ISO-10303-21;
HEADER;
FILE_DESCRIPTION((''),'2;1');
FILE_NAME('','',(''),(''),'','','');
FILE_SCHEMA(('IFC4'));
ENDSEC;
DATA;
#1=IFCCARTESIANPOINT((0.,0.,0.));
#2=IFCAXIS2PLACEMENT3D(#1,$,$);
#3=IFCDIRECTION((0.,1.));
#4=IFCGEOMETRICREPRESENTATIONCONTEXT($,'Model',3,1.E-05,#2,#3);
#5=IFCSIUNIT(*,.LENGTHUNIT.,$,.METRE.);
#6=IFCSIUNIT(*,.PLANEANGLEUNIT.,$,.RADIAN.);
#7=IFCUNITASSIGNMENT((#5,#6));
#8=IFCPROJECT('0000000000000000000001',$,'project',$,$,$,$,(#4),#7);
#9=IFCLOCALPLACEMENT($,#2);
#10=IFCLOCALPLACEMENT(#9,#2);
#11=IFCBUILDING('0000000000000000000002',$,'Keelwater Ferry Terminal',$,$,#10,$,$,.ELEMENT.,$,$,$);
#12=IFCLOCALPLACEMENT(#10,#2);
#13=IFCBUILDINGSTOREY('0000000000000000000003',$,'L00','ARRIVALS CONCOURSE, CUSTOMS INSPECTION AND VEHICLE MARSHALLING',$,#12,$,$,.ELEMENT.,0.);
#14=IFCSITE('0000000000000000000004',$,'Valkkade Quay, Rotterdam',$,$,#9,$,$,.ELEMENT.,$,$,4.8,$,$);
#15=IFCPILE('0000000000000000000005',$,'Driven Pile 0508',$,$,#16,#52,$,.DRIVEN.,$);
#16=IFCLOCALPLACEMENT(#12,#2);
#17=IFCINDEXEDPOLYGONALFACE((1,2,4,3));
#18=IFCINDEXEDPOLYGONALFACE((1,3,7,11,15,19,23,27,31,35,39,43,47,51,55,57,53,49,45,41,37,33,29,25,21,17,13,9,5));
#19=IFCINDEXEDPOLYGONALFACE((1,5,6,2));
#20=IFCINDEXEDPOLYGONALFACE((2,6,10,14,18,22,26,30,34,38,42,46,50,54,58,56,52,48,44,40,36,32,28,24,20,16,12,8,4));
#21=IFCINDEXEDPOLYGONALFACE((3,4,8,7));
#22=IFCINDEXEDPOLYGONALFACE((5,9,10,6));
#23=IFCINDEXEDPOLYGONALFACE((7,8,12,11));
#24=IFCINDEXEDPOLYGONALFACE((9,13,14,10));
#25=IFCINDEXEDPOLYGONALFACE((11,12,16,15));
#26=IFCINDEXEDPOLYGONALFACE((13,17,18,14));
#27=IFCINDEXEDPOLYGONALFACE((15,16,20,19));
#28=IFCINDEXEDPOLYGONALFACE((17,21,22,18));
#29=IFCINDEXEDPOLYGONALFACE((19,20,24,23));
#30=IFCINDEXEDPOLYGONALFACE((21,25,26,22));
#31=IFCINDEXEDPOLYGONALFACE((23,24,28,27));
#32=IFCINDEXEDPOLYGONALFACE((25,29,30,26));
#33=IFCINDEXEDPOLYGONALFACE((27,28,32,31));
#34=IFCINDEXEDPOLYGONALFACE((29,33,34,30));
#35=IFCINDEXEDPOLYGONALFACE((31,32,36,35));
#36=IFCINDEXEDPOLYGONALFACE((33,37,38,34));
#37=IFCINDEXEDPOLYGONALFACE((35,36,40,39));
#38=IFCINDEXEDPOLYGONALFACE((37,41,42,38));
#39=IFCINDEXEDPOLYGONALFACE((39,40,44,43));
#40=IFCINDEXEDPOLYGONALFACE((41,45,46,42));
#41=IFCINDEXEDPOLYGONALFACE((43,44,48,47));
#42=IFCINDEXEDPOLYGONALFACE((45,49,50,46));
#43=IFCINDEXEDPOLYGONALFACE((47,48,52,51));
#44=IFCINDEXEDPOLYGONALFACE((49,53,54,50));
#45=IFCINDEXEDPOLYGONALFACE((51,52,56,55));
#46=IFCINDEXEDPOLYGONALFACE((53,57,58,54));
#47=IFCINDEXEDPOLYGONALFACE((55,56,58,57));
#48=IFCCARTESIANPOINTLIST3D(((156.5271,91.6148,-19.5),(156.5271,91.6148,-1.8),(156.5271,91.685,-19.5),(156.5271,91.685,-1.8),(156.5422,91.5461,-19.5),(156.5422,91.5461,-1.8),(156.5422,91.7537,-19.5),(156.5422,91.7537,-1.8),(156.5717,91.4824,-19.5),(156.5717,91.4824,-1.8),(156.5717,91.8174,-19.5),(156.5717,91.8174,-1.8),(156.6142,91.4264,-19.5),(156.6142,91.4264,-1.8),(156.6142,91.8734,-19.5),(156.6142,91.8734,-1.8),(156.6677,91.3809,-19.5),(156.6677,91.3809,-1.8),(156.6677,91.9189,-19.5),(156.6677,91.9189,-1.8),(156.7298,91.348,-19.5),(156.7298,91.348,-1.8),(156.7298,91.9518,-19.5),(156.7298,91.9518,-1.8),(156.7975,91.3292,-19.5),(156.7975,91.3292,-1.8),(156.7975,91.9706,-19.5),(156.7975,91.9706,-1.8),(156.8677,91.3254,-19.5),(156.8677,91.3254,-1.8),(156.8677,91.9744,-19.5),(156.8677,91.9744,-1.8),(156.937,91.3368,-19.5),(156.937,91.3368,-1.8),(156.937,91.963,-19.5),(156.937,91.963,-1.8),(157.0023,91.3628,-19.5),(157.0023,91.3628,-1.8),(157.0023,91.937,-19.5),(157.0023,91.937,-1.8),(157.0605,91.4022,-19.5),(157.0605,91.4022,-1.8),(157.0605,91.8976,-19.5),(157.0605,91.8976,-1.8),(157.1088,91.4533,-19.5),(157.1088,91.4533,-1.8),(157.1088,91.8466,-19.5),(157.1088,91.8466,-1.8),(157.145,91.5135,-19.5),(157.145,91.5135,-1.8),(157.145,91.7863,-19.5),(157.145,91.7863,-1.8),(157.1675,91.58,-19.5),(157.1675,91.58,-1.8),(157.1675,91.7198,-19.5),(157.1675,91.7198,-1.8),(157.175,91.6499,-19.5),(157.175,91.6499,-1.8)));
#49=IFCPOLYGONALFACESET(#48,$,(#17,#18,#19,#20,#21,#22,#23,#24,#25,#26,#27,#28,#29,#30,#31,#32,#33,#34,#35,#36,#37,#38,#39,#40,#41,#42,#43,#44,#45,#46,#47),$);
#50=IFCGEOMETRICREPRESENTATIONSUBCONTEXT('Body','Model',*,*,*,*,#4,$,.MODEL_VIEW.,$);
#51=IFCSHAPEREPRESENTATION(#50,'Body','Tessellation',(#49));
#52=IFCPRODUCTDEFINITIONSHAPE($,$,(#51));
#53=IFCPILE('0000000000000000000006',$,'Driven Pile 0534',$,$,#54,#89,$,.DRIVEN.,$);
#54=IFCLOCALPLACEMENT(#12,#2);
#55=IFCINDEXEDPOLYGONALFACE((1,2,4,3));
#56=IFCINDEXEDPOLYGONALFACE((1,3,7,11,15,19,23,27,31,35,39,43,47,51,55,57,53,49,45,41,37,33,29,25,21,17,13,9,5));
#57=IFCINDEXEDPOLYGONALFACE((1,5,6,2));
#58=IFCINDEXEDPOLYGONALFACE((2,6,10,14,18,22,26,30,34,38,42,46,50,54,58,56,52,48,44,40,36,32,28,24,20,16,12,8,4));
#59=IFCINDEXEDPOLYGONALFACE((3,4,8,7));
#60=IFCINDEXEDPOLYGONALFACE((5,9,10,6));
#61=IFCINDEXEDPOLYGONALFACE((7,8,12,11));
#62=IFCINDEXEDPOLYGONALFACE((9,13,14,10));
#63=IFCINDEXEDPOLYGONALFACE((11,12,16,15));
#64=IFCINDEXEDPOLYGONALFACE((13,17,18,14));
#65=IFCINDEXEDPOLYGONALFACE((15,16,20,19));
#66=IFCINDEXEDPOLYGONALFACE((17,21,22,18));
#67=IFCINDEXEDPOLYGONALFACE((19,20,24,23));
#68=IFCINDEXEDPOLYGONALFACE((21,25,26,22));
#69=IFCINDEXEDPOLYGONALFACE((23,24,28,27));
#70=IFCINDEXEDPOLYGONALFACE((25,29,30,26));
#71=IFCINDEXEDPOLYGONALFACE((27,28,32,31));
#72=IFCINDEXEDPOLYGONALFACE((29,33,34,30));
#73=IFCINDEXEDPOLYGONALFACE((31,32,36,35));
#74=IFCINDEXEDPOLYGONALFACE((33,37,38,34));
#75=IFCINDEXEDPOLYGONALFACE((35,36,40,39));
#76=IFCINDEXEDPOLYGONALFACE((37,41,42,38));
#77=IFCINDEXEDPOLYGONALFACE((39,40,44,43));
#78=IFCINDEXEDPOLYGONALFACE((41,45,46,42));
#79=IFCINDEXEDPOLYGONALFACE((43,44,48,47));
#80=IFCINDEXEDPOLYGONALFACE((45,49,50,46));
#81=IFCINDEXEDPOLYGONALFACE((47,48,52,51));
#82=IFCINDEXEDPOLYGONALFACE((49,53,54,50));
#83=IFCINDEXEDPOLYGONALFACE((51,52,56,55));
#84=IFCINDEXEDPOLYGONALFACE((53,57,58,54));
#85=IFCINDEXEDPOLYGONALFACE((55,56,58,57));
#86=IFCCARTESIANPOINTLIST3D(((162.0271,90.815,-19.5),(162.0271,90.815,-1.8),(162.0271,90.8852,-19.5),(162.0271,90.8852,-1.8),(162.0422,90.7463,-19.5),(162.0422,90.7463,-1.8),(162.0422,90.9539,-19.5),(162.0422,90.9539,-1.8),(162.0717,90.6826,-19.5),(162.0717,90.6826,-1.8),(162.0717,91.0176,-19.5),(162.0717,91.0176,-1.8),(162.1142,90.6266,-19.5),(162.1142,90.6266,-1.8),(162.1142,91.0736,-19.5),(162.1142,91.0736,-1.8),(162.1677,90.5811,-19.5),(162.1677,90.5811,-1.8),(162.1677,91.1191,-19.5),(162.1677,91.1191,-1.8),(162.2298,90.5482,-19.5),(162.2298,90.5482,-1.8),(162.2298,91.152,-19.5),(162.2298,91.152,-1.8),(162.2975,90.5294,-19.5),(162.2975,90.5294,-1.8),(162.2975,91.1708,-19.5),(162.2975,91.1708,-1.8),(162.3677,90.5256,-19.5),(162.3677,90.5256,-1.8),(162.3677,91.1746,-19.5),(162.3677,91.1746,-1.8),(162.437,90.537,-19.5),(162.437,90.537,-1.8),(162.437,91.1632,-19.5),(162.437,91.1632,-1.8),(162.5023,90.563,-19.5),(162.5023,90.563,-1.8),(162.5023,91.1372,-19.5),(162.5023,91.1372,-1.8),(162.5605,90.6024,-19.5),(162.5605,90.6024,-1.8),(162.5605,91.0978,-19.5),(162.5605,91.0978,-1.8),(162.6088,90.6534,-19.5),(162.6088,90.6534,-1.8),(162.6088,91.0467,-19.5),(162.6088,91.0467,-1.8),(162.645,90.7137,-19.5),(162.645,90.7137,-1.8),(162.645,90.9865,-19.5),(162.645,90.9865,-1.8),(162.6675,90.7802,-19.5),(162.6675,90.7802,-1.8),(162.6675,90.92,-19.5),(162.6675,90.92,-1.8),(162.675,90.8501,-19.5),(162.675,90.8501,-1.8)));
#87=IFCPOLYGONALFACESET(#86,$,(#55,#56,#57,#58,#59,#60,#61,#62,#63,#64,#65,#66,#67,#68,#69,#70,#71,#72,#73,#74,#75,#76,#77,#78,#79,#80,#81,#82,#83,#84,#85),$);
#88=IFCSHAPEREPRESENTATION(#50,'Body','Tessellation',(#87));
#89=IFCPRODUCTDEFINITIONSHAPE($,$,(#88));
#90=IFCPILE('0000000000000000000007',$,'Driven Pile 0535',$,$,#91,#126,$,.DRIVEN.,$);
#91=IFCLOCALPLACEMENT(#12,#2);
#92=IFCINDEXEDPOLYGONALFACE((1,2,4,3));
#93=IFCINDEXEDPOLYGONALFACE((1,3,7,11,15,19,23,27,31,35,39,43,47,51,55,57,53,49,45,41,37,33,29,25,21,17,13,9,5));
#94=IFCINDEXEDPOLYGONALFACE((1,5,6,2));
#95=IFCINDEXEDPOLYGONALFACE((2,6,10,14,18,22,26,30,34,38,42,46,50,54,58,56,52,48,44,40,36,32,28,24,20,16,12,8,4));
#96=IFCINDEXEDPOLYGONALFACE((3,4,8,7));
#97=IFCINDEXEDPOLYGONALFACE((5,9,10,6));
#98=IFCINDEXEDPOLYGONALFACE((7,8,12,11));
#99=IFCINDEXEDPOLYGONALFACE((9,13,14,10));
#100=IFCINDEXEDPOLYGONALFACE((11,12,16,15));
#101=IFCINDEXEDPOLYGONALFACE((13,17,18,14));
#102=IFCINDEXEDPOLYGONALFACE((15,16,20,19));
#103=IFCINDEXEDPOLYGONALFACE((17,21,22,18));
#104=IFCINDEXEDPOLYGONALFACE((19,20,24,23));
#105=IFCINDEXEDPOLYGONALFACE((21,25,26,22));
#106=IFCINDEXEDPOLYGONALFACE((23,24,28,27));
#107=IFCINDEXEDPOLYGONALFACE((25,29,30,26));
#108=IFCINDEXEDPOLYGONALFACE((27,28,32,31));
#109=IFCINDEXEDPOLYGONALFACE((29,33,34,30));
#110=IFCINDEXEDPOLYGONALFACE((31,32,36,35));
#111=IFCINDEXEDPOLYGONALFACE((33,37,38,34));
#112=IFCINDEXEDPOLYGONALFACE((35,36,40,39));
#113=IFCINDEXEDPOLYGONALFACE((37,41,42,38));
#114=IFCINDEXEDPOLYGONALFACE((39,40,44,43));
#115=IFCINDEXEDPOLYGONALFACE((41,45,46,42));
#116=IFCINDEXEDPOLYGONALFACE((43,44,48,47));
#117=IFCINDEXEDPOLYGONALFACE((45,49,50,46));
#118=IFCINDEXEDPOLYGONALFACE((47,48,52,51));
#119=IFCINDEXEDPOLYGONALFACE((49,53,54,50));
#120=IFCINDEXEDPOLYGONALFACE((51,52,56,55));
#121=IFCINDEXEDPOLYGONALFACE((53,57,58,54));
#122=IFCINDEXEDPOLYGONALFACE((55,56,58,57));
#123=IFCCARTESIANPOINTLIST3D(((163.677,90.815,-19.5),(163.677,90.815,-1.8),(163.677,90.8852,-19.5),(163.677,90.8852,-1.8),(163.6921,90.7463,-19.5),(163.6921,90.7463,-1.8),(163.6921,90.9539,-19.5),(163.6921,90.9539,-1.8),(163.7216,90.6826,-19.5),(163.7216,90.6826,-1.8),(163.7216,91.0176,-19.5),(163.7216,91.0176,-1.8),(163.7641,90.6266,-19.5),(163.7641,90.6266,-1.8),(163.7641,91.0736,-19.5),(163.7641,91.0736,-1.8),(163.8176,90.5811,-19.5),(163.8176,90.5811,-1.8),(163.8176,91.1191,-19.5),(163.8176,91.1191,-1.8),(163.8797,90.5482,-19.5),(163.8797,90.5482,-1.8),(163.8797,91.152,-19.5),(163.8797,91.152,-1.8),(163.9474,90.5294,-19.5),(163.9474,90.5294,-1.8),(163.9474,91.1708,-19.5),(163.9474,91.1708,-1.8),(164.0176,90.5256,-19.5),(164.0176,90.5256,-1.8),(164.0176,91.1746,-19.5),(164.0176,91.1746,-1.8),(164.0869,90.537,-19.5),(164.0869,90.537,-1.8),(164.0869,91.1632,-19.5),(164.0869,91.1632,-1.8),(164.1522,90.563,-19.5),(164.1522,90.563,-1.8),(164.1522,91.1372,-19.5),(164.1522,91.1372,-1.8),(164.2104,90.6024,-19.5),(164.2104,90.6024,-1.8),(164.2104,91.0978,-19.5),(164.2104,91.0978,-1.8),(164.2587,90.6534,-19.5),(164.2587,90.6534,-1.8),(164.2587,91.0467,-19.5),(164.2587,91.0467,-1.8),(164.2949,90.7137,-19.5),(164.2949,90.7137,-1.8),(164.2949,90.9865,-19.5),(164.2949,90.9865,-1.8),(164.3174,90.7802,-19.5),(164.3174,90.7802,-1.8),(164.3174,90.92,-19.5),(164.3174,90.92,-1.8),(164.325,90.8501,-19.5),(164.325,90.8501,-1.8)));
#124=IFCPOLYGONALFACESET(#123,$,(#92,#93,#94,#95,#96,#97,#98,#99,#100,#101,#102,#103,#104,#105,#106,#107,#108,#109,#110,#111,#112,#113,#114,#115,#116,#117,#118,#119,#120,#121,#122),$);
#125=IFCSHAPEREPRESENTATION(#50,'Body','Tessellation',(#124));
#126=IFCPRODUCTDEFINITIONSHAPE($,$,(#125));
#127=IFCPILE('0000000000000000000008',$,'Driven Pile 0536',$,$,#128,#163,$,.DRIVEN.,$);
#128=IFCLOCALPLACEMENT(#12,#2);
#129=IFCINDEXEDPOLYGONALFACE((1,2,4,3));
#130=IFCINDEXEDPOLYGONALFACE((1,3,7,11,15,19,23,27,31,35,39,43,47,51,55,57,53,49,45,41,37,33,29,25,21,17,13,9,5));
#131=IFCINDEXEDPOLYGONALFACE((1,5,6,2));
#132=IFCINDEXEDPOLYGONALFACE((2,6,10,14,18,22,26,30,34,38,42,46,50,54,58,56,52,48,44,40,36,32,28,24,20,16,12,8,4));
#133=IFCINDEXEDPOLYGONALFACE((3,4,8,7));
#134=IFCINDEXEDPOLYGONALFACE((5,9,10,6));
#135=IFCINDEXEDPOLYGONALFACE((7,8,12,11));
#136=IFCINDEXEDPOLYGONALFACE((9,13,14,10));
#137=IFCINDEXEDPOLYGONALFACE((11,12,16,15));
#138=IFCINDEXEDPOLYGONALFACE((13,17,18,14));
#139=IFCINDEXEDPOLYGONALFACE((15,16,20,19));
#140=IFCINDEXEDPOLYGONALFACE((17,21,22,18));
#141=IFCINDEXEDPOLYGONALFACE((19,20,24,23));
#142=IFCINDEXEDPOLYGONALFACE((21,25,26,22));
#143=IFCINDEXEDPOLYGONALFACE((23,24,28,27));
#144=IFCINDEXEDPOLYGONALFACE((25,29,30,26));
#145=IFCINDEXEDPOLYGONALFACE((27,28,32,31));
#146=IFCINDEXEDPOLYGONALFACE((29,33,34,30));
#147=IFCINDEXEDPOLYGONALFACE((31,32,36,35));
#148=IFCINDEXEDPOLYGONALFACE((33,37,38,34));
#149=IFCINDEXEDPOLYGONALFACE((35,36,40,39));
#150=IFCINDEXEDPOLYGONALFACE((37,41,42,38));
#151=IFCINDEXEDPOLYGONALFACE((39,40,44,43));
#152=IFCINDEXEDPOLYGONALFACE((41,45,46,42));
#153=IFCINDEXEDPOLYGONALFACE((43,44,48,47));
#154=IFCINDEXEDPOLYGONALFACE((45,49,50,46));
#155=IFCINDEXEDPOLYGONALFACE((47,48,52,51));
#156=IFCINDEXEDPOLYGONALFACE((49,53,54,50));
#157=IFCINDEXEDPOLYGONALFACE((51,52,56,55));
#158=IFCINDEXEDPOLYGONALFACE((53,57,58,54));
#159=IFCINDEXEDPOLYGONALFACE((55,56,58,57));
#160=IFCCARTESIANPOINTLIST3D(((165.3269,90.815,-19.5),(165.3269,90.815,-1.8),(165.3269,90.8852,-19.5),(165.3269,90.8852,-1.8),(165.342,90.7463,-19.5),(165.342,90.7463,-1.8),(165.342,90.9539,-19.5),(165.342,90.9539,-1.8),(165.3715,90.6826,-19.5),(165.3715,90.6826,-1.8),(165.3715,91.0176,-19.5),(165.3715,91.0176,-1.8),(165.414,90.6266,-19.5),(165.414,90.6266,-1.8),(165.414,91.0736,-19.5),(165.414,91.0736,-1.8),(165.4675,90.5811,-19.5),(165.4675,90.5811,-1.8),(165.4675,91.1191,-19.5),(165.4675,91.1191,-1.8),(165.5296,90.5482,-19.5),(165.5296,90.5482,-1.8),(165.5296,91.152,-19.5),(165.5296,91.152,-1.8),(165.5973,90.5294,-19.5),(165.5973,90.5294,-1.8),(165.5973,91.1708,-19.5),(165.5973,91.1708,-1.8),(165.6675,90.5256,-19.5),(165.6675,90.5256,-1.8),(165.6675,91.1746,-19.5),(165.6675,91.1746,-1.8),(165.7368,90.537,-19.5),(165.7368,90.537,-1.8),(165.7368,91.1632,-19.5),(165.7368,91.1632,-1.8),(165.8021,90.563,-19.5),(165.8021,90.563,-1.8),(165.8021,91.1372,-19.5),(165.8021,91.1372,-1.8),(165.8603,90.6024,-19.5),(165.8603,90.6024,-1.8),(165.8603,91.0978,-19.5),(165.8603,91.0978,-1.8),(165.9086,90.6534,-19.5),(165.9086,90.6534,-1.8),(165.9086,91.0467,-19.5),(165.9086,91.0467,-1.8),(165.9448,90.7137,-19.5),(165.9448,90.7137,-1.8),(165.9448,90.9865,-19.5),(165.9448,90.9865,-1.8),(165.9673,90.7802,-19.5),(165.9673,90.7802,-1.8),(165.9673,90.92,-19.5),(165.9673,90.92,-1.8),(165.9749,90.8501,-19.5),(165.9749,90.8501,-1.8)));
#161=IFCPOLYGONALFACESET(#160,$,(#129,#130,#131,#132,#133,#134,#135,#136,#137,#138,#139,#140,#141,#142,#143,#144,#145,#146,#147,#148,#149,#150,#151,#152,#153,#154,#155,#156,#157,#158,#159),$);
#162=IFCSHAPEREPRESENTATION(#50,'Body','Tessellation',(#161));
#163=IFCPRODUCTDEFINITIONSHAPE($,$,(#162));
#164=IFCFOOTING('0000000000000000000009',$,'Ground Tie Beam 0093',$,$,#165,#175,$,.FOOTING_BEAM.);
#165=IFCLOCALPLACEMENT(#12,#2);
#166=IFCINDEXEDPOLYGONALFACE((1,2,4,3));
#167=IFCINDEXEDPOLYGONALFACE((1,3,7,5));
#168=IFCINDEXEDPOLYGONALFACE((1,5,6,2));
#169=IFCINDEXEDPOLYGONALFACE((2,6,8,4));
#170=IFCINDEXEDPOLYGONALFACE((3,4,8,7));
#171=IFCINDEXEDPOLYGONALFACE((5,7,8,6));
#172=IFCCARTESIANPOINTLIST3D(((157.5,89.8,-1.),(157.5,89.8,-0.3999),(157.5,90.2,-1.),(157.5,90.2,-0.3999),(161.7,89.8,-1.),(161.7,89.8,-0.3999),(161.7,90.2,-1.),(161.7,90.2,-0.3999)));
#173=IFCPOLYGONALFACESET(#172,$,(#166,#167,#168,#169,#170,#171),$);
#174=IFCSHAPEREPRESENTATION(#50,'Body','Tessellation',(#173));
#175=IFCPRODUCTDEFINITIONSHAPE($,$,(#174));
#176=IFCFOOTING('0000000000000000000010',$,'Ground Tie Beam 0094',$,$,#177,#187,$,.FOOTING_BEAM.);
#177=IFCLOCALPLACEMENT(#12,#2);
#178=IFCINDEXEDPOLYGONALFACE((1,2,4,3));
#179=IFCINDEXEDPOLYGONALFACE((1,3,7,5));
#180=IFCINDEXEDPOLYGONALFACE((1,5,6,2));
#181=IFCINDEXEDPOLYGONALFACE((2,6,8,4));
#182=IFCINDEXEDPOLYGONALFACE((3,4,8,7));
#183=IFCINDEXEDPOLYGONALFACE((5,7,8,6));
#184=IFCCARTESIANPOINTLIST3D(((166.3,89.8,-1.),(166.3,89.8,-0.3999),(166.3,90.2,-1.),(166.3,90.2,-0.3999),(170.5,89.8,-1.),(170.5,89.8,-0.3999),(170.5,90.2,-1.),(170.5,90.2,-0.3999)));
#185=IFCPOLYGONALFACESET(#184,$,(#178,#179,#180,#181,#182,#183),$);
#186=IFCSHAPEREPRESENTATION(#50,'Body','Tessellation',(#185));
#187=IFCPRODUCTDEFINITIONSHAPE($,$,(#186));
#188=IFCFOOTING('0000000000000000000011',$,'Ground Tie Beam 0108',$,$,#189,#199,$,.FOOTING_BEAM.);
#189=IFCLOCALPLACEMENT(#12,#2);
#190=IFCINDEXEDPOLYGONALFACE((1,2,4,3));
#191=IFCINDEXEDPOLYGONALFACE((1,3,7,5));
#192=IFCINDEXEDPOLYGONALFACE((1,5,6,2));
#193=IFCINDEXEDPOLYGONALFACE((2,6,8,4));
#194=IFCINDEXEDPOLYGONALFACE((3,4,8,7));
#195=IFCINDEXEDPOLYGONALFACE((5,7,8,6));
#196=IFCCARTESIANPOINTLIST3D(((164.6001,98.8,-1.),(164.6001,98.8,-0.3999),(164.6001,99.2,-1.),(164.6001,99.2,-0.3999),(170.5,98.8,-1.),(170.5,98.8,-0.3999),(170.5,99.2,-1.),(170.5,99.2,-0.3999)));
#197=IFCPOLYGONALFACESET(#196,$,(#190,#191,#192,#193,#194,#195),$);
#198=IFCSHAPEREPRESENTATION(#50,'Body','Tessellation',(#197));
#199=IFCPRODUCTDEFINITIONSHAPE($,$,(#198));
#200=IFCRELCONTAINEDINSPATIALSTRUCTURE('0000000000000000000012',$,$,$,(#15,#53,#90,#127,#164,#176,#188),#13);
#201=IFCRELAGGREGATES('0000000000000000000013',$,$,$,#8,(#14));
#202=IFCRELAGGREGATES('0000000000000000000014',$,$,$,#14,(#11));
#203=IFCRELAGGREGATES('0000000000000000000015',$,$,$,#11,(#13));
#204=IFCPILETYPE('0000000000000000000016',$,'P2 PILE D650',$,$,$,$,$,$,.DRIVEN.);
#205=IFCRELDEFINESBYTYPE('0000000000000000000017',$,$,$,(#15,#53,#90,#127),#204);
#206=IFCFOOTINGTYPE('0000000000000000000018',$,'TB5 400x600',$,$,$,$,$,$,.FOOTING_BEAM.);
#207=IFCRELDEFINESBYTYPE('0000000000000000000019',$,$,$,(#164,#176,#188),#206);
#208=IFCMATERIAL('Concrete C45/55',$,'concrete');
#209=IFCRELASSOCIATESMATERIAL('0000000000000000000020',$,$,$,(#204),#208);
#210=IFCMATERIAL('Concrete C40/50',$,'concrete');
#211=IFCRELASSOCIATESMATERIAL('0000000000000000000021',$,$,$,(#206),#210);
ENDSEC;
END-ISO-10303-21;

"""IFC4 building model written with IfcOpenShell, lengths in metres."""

from ifc_helpers import new_model, si_unit, direction, frame, origin, origin_2d, place, context, subcontext, project, spatial, rectangle, circle, extrude, material, material_profile, profile_set, type_object, element, save


model = new_model("IFC4")

# Units and contexts
model_context = context("Model", 3, precision=1e-05, world=origin(), true_north=direction((0.0, 1.0)))
body_context = subcontext(model_context, "Body", "Model", "MODEL_VIEW")
ifc_project = project(units=[si_unit("LENGTHUNIT", "METRE"), si_unit("PLANEANGLEUNIT", "RADIAN")], contexts=[model_context])

# Site, building, storey
site_placement = place(None, origin())
site = spatial("IfcSite", under=ifc_project, at=site_placement, Name="Valkkade Quay, Rotterdam", CompositionType="ELEMENT", RefElevation=4.8)
building_placement = place(site_placement, origin())
building = spatial("IfcBuilding", under=site, at=building_placement, Name="Keelwater Ferry Terminal", CompositionType="ELEMENT")
storey_placement = place(building_placement, origin())
storey = spatial("IfcBuildingStorey", under=building, at=storey_placement, Name="L00", Description="ARRIVALS CONCOURSE, CUSTOMS INSPECTION AND VEHICLE MARSHALLING", CompositionType="ELEMENT", Elevation=0.0)

# Piles
ifc_material_1 = material(Name="Concrete C45/55", Category="concrete")
ifc_material_profile_1 = material_profile(ifc_material_1, circle(Radius=0.325, at=origin_2d()), Name="PILE D650")
ifc_profile_set_1 = profile_set([ifc_material_profile_1], Name="Concrete C45/55")
pile_type_1 = type_object("IfcPileType", Name="P2 PILE D650", PredefinedType="DRIVEN", material=ifc_profile_set_1)
for number, where, z_axis, x_axis, name in (
    (1, (156.8501, 91.6499, -1.8), (0.0, 0.0, -1.0), (1.0, 0.0, 0.0), "Driven Pile 0508"),
    (2, (162.3501, 90.8501, -1.8), (0.0, 0.0, -1.0), (1.0, 0.0, 0.0), "Driven Pile 0534"),
    (3, (164.0, 90.8501, -1.8), (0.0, 0.0, -1.0), (1.0, 0.0, 0.0), "Driven Pile 0535"),
    (4, (165.6499, 90.8501, -1.8), (0.0, 0.0, -1.0), (1.0, 0.0, 0.0), "Driven Pile 0536"),
):
    element("IfcPile", number, at=place(storey_placement, frame(where, z_axis=z_axis, x_axis=x_axis)), inside=storey, type_object=pile_type_1, Name=name, PredefinedType="DRIVEN", context=body_context, shape_type="SweptSolid", body=[
        extrude(circle(Radius=0.325, at=origin_2d()), origin(), (0.0, 0.0, 1.0), 17.7),
    ])

# Footings
ifc_material_2 = material(Name="Concrete C40/50", Category="concrete")
ifc_material_profile_2 = material_profile(ifc_material_2, rectangle(XDim=0.3999, YDim=0.6001, at=origin_2d()), Name="TB 400x600")
ifc_profile_set_2 = profile_set([ifc_material_profile_2], Name="Concrete C40/50")
footing_type_1 = type_object("IfcFootingType", Name="TB5 400x600", PredefinedType="FOOTING_BEAM", material=ifc_profile_set_2)
for number, where, z_axis, x_axis, name in (
    (5, (157.5, 90.0, -0.7), (1.0, 0.0, 0.0), (0.0, 1.0, 0.0), "Ground Tie Beam 0093"),
    (6, (166.3, 90.0, -0.7), (1.0, 0.0, 0.0), (0.0, 1.0, 0.0), "Ground Tie Beam 0094"),
):
    element("IfcFooting", number, at=place(storey_placement, frame(where, z_axis=z_axis, x_axis=x_axis)), inside=storey, type_object=footing_type_1, Name=name, PredefinedType="FOOTING_BEAM", context=body_context, shape_type="SweptSolid", body=[
        extrude(rectangle(XDim=0.3999, YDim=0.6001, at=origin_2d()), origin(), (0.0, 0.0, 1.0), 4.2),
    ])
footing_1_placement = place(storey_placement, frame((164.6001, 99.0, -0.7), z_axis=(1.0, 0.0, 0.0), x_axis=(0.0, 1.0, 0.0)))
element("IfcFooting", 7, at=footing_1_placement, inside=storey, type_object=footing_type_1, Name="Ground Tie Beam 0108", PredefinedType="FOOTING_BEAM", context=body_context, shape_type="SweptSolid", body=[
    extrude(rectangle(XDim=0.3999, YDim=0.6001, at=origin_2d()), origin(), (0.0, 0.0, 1.0), 5.8999),
])

save(model, "model.ifc")
